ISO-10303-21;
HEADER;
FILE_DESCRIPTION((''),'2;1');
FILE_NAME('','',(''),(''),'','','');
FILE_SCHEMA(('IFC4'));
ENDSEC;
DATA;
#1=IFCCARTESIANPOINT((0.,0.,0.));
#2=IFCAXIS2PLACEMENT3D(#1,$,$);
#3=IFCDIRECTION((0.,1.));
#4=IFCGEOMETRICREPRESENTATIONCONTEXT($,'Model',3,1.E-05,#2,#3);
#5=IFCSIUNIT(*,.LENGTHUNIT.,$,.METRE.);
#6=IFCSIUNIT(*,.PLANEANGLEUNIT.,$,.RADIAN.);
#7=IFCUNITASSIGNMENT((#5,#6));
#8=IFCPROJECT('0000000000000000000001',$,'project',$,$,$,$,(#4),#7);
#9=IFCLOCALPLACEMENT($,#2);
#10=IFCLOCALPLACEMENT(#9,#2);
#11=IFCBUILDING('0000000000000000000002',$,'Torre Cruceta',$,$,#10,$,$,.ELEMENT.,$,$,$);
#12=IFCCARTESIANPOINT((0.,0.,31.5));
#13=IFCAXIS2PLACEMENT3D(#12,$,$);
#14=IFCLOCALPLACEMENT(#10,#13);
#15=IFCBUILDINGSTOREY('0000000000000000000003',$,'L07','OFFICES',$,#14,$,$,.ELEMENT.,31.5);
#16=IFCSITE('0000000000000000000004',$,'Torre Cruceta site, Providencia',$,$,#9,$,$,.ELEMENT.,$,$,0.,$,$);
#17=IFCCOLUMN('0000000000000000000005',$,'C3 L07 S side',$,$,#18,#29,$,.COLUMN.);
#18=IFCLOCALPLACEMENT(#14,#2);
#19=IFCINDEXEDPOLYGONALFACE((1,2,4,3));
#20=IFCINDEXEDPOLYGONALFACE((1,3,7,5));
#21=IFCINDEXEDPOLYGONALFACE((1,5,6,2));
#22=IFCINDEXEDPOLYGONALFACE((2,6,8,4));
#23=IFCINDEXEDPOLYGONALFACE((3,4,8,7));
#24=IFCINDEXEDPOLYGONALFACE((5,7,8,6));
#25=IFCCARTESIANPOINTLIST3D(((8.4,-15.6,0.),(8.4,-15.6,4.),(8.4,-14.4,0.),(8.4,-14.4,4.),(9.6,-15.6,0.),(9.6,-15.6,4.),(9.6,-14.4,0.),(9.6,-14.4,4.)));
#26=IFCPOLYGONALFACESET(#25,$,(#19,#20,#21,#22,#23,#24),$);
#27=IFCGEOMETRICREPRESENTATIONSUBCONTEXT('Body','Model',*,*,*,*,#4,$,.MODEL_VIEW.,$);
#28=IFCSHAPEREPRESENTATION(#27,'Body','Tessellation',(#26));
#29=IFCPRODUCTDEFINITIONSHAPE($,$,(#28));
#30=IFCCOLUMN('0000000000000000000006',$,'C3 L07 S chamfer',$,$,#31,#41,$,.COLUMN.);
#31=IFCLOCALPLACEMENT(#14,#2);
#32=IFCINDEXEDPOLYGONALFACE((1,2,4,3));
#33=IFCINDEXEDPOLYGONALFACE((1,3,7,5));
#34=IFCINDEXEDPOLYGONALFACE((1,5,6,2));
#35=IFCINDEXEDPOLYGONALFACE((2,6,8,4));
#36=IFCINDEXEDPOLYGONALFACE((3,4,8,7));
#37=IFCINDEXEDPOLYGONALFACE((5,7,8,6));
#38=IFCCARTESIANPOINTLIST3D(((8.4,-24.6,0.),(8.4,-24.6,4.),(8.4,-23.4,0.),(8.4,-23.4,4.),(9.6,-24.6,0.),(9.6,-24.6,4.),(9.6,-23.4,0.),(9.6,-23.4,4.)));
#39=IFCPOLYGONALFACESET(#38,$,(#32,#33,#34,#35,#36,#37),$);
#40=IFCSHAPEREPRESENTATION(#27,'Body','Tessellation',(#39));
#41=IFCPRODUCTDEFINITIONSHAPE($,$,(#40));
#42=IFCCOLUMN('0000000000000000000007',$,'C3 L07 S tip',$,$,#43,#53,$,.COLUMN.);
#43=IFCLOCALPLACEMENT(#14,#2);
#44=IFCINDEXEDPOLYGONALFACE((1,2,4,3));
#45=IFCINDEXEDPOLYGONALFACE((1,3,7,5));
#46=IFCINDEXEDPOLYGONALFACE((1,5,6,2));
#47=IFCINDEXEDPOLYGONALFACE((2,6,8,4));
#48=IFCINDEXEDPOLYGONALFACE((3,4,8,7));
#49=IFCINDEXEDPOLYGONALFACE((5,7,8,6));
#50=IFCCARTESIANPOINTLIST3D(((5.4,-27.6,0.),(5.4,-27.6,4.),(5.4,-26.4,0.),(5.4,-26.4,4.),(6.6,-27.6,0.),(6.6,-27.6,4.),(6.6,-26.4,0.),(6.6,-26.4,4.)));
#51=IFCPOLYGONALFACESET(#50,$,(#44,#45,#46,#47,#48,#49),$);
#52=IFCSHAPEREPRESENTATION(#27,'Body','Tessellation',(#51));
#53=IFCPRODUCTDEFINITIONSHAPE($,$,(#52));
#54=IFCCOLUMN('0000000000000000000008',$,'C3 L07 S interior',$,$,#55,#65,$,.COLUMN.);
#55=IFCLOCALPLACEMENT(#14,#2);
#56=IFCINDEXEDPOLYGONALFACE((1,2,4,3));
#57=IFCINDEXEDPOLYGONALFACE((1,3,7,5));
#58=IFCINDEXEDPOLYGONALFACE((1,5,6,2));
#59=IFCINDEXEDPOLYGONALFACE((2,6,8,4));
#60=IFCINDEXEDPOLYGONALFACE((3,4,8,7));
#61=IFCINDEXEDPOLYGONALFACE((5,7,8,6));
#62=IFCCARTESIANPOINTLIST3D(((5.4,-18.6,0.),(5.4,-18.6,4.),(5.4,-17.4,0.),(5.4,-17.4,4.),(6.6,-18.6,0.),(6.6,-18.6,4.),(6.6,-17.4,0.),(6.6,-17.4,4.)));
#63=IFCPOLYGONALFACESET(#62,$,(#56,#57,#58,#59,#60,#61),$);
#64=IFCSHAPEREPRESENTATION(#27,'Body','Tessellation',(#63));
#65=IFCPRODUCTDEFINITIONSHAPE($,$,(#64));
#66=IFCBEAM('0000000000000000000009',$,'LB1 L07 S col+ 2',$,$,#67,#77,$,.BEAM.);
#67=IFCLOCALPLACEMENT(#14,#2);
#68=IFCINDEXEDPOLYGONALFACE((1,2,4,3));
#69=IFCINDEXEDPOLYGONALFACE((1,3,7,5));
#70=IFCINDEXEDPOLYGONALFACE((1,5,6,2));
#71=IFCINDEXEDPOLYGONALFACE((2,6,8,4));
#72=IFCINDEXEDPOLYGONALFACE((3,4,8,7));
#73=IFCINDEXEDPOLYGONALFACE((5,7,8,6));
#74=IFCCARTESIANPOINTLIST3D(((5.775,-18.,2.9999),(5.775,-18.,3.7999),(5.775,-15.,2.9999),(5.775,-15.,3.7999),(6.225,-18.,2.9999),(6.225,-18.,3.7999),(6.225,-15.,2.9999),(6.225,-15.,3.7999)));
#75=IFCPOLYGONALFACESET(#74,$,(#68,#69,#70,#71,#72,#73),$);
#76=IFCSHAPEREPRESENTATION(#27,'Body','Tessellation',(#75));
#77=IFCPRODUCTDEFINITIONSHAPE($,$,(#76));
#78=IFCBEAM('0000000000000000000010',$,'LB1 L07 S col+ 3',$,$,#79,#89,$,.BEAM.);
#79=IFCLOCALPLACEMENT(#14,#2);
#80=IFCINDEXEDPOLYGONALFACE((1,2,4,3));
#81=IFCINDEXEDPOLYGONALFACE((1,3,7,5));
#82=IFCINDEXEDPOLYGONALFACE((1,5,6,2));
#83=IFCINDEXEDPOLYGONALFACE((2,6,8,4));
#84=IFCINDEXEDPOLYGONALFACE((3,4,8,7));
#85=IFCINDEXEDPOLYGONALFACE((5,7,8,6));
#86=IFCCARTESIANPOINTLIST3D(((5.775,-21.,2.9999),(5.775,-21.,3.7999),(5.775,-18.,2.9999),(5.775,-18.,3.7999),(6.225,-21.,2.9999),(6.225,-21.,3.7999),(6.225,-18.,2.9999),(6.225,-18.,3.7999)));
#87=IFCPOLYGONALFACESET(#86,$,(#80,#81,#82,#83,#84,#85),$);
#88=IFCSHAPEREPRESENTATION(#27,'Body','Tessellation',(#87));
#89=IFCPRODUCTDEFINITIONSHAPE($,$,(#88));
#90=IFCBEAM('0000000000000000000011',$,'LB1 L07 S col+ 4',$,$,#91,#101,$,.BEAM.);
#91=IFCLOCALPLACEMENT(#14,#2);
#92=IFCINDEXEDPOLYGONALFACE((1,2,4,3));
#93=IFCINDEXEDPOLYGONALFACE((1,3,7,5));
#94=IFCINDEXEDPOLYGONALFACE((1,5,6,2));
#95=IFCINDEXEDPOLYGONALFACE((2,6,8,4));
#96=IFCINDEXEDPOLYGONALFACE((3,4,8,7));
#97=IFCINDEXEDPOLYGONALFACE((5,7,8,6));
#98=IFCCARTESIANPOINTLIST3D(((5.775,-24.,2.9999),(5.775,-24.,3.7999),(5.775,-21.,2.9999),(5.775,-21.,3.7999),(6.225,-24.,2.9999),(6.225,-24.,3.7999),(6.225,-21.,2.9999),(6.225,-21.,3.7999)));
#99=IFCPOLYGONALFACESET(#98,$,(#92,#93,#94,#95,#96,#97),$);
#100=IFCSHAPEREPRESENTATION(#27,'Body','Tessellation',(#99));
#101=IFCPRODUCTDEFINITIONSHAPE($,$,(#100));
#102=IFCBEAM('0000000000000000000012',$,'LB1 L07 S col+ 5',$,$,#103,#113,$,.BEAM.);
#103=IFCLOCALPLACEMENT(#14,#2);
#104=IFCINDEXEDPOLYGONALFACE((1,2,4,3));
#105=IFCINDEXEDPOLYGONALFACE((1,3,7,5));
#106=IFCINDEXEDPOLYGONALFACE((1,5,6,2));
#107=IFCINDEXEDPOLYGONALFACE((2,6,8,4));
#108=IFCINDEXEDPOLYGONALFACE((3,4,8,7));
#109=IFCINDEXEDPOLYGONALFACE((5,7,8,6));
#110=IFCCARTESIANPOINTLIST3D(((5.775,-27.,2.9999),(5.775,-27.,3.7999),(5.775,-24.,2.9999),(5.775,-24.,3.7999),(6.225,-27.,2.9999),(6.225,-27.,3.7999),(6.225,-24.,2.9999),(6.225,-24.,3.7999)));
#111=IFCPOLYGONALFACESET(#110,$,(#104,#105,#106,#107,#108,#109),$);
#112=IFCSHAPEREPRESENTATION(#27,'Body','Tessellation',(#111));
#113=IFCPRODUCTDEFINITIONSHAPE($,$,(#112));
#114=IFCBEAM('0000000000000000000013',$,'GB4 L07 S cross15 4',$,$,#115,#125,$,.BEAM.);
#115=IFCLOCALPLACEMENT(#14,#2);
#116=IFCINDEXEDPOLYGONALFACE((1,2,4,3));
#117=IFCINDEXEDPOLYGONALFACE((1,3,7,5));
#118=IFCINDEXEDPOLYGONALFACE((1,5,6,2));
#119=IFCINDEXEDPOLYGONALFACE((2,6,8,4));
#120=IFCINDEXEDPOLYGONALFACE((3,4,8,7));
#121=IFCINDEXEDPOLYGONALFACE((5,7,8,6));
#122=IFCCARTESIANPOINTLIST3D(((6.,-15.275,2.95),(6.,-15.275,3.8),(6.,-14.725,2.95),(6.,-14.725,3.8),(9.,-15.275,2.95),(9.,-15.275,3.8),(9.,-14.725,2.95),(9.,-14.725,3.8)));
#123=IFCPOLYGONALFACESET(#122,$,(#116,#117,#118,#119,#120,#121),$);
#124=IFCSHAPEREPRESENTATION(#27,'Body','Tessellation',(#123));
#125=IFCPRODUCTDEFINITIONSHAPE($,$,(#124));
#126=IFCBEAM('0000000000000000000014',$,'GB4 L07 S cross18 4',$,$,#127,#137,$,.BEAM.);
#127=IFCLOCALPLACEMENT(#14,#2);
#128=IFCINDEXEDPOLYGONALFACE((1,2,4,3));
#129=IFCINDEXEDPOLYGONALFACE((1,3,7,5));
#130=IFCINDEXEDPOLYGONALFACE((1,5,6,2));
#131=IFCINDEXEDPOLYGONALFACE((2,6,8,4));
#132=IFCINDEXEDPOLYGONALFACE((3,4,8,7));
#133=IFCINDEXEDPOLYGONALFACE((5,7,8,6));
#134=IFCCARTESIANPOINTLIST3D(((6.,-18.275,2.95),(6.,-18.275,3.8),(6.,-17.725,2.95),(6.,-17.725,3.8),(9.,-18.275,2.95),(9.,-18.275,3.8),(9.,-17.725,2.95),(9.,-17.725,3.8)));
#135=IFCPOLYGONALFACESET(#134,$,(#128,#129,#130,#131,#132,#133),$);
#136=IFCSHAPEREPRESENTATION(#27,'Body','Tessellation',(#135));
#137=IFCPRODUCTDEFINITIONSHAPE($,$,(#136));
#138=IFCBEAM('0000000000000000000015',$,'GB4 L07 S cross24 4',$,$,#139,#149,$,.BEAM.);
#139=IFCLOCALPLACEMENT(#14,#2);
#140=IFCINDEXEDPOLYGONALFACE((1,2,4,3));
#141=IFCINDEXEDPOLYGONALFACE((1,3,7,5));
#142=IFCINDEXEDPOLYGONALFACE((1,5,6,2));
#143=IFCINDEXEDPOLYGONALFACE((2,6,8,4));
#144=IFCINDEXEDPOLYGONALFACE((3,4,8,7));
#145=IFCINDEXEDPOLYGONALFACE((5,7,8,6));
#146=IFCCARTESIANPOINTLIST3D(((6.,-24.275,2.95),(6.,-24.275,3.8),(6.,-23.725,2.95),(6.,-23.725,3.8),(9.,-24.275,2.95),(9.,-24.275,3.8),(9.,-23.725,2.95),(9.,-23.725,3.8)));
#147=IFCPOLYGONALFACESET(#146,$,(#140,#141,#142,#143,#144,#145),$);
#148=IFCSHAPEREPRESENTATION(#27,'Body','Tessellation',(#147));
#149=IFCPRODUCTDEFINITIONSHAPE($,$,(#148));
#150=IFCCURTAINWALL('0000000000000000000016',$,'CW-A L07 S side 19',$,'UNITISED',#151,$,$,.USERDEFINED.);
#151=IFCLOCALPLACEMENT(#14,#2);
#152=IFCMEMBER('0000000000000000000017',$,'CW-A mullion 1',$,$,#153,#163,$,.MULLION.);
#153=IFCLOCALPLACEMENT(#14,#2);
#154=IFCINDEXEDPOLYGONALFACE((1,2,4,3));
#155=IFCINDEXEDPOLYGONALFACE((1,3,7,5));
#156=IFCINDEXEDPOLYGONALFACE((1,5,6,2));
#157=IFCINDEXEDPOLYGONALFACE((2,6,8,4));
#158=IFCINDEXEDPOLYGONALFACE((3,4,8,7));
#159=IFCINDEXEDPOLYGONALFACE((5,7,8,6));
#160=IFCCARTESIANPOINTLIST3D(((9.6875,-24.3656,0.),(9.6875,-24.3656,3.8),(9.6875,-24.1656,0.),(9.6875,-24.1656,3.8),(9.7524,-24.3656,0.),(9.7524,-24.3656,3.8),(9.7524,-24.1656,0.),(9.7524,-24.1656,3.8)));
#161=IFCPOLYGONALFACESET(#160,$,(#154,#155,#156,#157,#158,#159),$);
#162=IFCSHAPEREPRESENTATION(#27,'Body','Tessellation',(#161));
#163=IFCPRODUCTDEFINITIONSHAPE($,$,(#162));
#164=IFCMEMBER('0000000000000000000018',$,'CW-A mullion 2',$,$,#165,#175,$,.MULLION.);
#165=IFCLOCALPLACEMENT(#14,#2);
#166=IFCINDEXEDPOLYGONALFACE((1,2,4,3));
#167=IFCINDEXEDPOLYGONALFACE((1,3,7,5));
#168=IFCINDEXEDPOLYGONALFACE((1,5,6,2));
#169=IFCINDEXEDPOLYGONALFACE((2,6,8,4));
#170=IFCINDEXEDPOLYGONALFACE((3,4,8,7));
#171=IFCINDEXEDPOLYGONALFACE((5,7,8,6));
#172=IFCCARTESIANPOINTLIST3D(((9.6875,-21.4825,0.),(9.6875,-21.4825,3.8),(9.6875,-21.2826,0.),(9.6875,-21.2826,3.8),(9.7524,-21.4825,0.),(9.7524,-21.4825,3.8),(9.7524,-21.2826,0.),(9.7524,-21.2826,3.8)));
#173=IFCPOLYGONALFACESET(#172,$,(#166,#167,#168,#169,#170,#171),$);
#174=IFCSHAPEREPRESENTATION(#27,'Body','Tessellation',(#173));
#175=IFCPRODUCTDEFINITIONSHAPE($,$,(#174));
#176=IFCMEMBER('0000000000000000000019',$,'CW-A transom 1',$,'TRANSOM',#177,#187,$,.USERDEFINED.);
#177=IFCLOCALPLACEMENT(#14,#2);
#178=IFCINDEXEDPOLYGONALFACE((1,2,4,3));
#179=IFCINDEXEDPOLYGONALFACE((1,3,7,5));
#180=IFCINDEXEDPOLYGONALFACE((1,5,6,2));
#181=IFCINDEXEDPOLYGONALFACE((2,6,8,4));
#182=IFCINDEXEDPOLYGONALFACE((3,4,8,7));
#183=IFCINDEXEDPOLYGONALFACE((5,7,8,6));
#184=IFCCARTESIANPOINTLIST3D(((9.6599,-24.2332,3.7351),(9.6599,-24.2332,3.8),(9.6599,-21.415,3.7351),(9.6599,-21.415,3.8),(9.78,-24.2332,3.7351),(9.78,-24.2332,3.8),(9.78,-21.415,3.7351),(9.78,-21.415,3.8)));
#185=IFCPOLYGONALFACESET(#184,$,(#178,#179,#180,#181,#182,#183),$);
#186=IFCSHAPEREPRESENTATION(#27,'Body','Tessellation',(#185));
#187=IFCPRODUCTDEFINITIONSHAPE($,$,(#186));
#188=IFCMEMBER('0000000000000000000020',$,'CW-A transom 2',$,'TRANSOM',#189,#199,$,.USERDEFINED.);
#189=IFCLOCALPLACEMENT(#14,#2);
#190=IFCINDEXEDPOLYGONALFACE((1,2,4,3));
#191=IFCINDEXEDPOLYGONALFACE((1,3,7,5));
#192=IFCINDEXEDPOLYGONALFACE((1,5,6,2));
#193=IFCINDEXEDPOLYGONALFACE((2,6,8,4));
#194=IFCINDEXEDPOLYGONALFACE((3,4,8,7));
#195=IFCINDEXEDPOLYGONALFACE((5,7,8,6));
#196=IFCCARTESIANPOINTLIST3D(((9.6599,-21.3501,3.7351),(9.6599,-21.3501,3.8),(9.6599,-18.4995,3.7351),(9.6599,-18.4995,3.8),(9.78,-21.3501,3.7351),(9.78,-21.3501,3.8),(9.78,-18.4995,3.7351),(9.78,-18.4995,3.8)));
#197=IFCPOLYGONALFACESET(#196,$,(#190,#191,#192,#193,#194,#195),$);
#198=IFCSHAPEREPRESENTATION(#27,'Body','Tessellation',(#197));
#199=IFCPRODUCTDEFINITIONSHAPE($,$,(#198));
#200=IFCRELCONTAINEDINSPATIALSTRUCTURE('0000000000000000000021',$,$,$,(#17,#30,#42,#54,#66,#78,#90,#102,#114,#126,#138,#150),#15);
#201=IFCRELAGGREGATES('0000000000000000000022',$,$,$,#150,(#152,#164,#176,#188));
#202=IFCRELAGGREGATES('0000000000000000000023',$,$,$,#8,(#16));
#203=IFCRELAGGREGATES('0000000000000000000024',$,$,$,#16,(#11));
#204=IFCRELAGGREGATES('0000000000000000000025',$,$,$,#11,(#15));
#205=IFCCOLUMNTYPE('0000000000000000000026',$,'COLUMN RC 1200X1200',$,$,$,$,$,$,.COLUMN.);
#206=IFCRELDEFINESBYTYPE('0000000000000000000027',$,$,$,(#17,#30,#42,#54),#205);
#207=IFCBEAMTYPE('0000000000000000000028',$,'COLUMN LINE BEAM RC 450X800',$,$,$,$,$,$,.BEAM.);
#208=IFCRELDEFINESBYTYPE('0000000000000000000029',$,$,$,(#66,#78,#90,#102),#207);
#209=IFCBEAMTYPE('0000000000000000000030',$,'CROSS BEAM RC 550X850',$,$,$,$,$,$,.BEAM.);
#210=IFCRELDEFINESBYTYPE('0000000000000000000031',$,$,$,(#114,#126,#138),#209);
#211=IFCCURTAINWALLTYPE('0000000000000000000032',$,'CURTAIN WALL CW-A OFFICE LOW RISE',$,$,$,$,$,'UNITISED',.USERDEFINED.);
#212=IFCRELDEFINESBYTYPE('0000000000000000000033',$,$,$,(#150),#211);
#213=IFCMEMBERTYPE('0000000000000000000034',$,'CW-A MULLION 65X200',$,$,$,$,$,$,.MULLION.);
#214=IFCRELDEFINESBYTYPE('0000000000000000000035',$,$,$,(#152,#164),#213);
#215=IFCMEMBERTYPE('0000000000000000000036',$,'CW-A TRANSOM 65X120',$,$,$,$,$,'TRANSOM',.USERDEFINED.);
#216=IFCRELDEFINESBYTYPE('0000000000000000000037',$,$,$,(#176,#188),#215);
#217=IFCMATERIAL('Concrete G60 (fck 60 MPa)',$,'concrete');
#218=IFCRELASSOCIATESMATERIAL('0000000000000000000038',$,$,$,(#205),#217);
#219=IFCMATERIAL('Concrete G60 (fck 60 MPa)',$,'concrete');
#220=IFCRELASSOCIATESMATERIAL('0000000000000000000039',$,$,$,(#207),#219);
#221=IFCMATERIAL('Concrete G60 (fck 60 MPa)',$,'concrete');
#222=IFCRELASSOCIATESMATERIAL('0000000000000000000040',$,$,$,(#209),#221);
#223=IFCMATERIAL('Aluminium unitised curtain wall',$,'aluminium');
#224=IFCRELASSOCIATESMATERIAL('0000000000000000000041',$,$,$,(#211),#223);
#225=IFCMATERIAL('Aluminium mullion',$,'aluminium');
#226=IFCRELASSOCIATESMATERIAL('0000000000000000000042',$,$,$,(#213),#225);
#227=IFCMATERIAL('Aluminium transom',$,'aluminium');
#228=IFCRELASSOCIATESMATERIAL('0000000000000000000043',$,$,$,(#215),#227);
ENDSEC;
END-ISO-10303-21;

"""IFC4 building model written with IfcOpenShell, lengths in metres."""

from ifc_helpers import new_model, si_unit, direction, frame, origin, origin_2d, place, context, subcontext, project, spatial, rectangle, extrude, material, material_profile, profile_set, type_object, element, aggregate, save


model = new_model("IFC4")

# Units and contexts
model_context = context("Model", 3, precision=1e-05, world=origin(), true_north=direction((0.0, 1.0)))
body_context = subcontext(model_context, "Body", "Model", "MODEL_VIEW")
ifc_project = project(units=[si_unit("LENGTHUNIT", "METRE"), si_unit("PLANEANGLEUNIT", "RADIAN")], contexts=[model_context])

# Site, building, storey
site_placement = place(None, origin())
site = spatial("IfcSite", under=ifc_project, at=site_placement, Name="Torre Cruceta site, Providencia", CompositionType="ELEMENT", RefElevation=0.0)
building_placement = place(site_placement, origin())
building = spatial("IfcBuilding", under=site, at=building_placement, Name="Torre Cruceta", CompositionType="ELEMENT")
storey_placement = place(building_placement, frame((0.0, 0.0, 31.5)))
storey = spatial("IfcBuildingStorey", under=building, at=storey_placement, Name="L07", Description="OFFICES", CompositionType="ELEMENT", Elevation=31.5)

# Columns
ifc_material_1 = material(Name="Concrete G60 (fck 60 MPa)", Category="concrete")
ifc_material_profile_1 = material_profile(ifc_material_1, rectangle(XDim=1.2, YDim=1.2, at=origin_2d()), Name="RC 1200X1200")
ifc_profile_set_1 = profile_set([ifc_material_profile_1], Name="Concrete G60 (fck 60 MPa)")
column_type = type_object("IfcColumnType", Name="COLUMN RC 1200X1200", PredefinedType="COLUMN", material=ifc_profile_set_1)
for number, where, z_axis, x_axis, name in (
    (1, (9.0, -15.0, 0.0), (0.0, 0.0, 1.0), (1.0, 0.0, 0.0), "C3 L07 S side"),
    (2, (9.0, -24.0, 0.0), (0.0, 0.0, 1.0), (1.0, 0.0, 0.0), "C3 L07 S chamfer"),
    (3, (6.0, -27.0, 0.0), (0.0, 0.0, 1.0), (1.0, 0.0, 0.0), "C3 L07 S tip"),
    (4, (6.0, -18.0, 0.0), (0.0, 0.0, 1.0), (1.0, 0.0, 0.0), "C3 L07 S interior"),
):
    element("IfcColumn", number, at=place(storey_placement, frame(where, z_axis=z_axis, x_axis=x_axis)), inside=storey, type_object=column_type, Name=name, PredefinedType="COLUMN", context=body_context, shape_type="SweptSolid", body=[
        extrude(rectangle(XDim=1.2, YDim=1.2, at=origin_2d()), origin(), (0.0, 0.0, 1.0), 4.0),
    ])

# Beams
ifc_material_2 = material(Name="Concrete G60 (fck 60 MPa)", Category="concrete")
ifc_material_profile_2 = material_profile(ifc_material_2, rectangle(XDim=0.45, YDim=0.8, at=origin_2d()), Name="RC 450X800")
ifc_profile_set_2 = profile_set([ifc_material_profile_2], Name="Concrete G60 (fck 60 MPa)")
beam_type_1 = type_object("IfcBeamType", Name="COLUMN LINE BEAM RC 450X800", PredefinedType="BEAM", material=ifc_profile_set_2)
for number, where, z_axis, x_axis, name in (
    (5, (6.0, -15.0, 3.3999), (0.0, -1.0, 0.0), (1.0, 0.0, 0.0), "LB1 L07 S col+ 2"),
    (6, (6.0, -18.0, 3.3999), (0.0, -1.0, 0.0), (1.0, 0.0, 0.0), "LB1 L07 S col+ 3"),
    (7, (6.0, -21.0, 3.3999), (0.0, -1.0, 0.0), (1.0, 0.0, 0.0), "LB1 L07 S col+ 4"),
    (8, (6.0, -24.0, 3.3999), (0.0, -1.0, 0.0), (1.0, 0.0, 0.0), "LB1 L07 S col+ 5"),
):
    element("IfcBeam", number, at=place(storey_placement, frame(where, z_axis=z_axis, x_axis=x_axis)), inside=storey, type_object=beam_type_1, Name=name, PredefinedType="BEAM", context=body_context, shape_type="SweptSolid", body=[
        extrude(rectangle(XDim=0.45, YDim=0.8, at=origin_2d()), origin(), (0.0, 0.0, 1.0), 3.0),
    ])
ifc_material_3 = material(Name="Concrete G60 (fck 60 MPa)", Category="concrete")
ifc_material_profile_3 = material_profile(ifc_material_3, rectangle(XDim=0.55, YDim=0.8501, at=origin_2d()), Name="RC 550X850")
ifc_profile_set_3 = profile_set([ifc_material_profile_3], Name="Concrete G60 (fck 60 MPa)")
beam_type_2 = type_object("IfcBeamType", Name="CROSS BEAM RC 550X850", PredefinedType="BEAM", material=ifc_profile_set_3)
for number, where, z_axis, x_axis, name in (
    (9, (6.0, -15.0, 3.375), (1.0, 0.0, 0.0), (0.0, 1.0, 0.0), "GB4 L07 S cross15 4"),
    (10, (6.0, -18.0, 3.375), (1.0, 0.0, 0.0), (0.0, 1.0, 0.0), "GB4 L07 S cross18 4"),
    (11, (6.0, -24.0, 3.375), (1.0, 0.0, 0.0), (0.0, 1.0, 0.0), "GB4 L07 S cross24 4"),
):
    element("IfcBeam", number, at=place(storey_placement, frame(where, z_axis=z_axis, x_axis=x_axis)), inside=storey, type_object=beam_type_2, Name=name, PredefinedType="BEAM", context=body_context, shape_type="SweptSolid", body=[
        extrude(rectangle(XDim=0.55, YDim=0.8501, at=origin_2d()), origin(), (0.0, 0.0, 1.0), 3.0),
    ])

# Curtain wall, members
ifc_material_4 = material(Name="Aluminium unitised curtain wall", Category="aluminium")
curtain_wall_type = type_object("IfcCurtainWallType", Name="CURTAIN WALL CW-A OFFICE LOW RISE", ElementType="UNITISED", PredefinedType="USERDEFINED", material=ifc_material_4)
curtain_wall_placement = place(storey_placement, origin())
curtain_wall = element("IfcCurtainWall", 12, at=curtain_wall_placement, inside=storey, type_object=curtain_wall_type, Name="CW-A L07 S side 19", ObjectType="UNITISED", PredefinedType="USERDEFINED")
ifc_material_5 = material(Name="Aluminium mullion", Category="aluminium")
ifc_material_profile_4 = material_profile(ifc_material_5, rectangle(XDim=0.0649, YDim=0.2, at=origin_2d()), Name="AL 65X200")
ifc_profile_set_4 = profile_set([ifc_material_profile_4], Name="Aluminium mullion")
member_type_1 = type_object("IfcMemberType", Name="CW-A MULLION 65X200", PredefinedType="MULLION", material=ifc_profile_set_4)
member_1_placement = place(storey_placement, frame((9.72, -24.2656, 0.0), z_axis=(0.0, 0.0, 1.0), x_axis=(-1.0, 0.0, 0.0)))
member_1 = element("IfcMember", 13, at=member_1_placement, type_object=member_type_1, Name="CW-A mullion 1", PredefinedType="MULLION", context=body_context, shape_type="SweptSolid", body=[
    extrude(rectangle(XDim=0.0649, YDim=0.2, at=origin_2d()), origin(), (0.0, 0.0, 1.0), 3.8),
])
member_2_placement = place(storey_placement, frame((9.72, -21.3826, 0.0), z_axis=(0.0, 0.0, 1.0), x_axis=(-1.0, 0.0, 0.0)))
member_2 = element("IfcMember", 14, at=member_2_placement, type_object=member_type_1, Name="CW-A mullion 2", PredefinedType="MULLION", context=body_context, shape_type="SweptSolid", body=[
    extrude(rectangle(XDim=0.0649, YDim=0.2, at=origin_2d()), origin(), (0.0, 0.0, 1.0), 3.8),
])
ifc_material_6 = material(Name="Aluminium transom", Category="aluminium")
ifc_material_profile_5 = material_profile(ifc_material_6, rectangle(XDim=0.1201, YDim=0.0649, at=origin_2d()), Name="AL 120X65")
ifc_profile_set_5 = profile_set([ifc_material_profile_5], Name="Aluminium transom")
member_type_2 = type_object("IfcMemberType", Name="CW-A TRANSOM 65X120", ElementType="TRANSOM", PredefinedType="USERDEFINED", material=ifc_profile_set_5)
member_3_placement = place(storey_placement, frame((9.72, -24.2332, 3.7676), z_axis=(0.0, 1.0, 0.0), x_axis=(-1.0, 0.0, 0.0)))
member_3 = element("IfcMember", 15, at=member_3_placement, type_object=member_type_2, Name="CW-A transom 1", ObjectType="TRANSOM", PredefinedType="USERDEFINED", context=body_context, shape_type="SweptSolid", body=[
    extrude(rectangle(XDim=0.1201, YDim=0.0649, at=origin_2d()), origin(), (0.0, 0.0, 1.0), 2.8181),
])
member_4_placement = place(storey_placement, frame((9.72, -21.3501, 3.7676), z_axis=(0.0, 1.0, 0.0), x_axis=(-1.0, 0.0, 0.0)))
member_4 = element("IfcMember", 16, at=member_4_placement, type_object=member_type_2, Name="CW-A transom 2", ObjectType="TRANSOM", PredefinedType="USERDEFINED", context=body_context, shape_type="SweptSolid", body=[
    extrude(rectangle(XDim=0.1201, YDim=0.0649, at=origin_2d()), origin(), (0.0, 0.0, 1.0), 2.8506),
])

aggregate(curtain_wall, [member_1, member_2, member_3, member_4])

save(model, "model.ifc")
